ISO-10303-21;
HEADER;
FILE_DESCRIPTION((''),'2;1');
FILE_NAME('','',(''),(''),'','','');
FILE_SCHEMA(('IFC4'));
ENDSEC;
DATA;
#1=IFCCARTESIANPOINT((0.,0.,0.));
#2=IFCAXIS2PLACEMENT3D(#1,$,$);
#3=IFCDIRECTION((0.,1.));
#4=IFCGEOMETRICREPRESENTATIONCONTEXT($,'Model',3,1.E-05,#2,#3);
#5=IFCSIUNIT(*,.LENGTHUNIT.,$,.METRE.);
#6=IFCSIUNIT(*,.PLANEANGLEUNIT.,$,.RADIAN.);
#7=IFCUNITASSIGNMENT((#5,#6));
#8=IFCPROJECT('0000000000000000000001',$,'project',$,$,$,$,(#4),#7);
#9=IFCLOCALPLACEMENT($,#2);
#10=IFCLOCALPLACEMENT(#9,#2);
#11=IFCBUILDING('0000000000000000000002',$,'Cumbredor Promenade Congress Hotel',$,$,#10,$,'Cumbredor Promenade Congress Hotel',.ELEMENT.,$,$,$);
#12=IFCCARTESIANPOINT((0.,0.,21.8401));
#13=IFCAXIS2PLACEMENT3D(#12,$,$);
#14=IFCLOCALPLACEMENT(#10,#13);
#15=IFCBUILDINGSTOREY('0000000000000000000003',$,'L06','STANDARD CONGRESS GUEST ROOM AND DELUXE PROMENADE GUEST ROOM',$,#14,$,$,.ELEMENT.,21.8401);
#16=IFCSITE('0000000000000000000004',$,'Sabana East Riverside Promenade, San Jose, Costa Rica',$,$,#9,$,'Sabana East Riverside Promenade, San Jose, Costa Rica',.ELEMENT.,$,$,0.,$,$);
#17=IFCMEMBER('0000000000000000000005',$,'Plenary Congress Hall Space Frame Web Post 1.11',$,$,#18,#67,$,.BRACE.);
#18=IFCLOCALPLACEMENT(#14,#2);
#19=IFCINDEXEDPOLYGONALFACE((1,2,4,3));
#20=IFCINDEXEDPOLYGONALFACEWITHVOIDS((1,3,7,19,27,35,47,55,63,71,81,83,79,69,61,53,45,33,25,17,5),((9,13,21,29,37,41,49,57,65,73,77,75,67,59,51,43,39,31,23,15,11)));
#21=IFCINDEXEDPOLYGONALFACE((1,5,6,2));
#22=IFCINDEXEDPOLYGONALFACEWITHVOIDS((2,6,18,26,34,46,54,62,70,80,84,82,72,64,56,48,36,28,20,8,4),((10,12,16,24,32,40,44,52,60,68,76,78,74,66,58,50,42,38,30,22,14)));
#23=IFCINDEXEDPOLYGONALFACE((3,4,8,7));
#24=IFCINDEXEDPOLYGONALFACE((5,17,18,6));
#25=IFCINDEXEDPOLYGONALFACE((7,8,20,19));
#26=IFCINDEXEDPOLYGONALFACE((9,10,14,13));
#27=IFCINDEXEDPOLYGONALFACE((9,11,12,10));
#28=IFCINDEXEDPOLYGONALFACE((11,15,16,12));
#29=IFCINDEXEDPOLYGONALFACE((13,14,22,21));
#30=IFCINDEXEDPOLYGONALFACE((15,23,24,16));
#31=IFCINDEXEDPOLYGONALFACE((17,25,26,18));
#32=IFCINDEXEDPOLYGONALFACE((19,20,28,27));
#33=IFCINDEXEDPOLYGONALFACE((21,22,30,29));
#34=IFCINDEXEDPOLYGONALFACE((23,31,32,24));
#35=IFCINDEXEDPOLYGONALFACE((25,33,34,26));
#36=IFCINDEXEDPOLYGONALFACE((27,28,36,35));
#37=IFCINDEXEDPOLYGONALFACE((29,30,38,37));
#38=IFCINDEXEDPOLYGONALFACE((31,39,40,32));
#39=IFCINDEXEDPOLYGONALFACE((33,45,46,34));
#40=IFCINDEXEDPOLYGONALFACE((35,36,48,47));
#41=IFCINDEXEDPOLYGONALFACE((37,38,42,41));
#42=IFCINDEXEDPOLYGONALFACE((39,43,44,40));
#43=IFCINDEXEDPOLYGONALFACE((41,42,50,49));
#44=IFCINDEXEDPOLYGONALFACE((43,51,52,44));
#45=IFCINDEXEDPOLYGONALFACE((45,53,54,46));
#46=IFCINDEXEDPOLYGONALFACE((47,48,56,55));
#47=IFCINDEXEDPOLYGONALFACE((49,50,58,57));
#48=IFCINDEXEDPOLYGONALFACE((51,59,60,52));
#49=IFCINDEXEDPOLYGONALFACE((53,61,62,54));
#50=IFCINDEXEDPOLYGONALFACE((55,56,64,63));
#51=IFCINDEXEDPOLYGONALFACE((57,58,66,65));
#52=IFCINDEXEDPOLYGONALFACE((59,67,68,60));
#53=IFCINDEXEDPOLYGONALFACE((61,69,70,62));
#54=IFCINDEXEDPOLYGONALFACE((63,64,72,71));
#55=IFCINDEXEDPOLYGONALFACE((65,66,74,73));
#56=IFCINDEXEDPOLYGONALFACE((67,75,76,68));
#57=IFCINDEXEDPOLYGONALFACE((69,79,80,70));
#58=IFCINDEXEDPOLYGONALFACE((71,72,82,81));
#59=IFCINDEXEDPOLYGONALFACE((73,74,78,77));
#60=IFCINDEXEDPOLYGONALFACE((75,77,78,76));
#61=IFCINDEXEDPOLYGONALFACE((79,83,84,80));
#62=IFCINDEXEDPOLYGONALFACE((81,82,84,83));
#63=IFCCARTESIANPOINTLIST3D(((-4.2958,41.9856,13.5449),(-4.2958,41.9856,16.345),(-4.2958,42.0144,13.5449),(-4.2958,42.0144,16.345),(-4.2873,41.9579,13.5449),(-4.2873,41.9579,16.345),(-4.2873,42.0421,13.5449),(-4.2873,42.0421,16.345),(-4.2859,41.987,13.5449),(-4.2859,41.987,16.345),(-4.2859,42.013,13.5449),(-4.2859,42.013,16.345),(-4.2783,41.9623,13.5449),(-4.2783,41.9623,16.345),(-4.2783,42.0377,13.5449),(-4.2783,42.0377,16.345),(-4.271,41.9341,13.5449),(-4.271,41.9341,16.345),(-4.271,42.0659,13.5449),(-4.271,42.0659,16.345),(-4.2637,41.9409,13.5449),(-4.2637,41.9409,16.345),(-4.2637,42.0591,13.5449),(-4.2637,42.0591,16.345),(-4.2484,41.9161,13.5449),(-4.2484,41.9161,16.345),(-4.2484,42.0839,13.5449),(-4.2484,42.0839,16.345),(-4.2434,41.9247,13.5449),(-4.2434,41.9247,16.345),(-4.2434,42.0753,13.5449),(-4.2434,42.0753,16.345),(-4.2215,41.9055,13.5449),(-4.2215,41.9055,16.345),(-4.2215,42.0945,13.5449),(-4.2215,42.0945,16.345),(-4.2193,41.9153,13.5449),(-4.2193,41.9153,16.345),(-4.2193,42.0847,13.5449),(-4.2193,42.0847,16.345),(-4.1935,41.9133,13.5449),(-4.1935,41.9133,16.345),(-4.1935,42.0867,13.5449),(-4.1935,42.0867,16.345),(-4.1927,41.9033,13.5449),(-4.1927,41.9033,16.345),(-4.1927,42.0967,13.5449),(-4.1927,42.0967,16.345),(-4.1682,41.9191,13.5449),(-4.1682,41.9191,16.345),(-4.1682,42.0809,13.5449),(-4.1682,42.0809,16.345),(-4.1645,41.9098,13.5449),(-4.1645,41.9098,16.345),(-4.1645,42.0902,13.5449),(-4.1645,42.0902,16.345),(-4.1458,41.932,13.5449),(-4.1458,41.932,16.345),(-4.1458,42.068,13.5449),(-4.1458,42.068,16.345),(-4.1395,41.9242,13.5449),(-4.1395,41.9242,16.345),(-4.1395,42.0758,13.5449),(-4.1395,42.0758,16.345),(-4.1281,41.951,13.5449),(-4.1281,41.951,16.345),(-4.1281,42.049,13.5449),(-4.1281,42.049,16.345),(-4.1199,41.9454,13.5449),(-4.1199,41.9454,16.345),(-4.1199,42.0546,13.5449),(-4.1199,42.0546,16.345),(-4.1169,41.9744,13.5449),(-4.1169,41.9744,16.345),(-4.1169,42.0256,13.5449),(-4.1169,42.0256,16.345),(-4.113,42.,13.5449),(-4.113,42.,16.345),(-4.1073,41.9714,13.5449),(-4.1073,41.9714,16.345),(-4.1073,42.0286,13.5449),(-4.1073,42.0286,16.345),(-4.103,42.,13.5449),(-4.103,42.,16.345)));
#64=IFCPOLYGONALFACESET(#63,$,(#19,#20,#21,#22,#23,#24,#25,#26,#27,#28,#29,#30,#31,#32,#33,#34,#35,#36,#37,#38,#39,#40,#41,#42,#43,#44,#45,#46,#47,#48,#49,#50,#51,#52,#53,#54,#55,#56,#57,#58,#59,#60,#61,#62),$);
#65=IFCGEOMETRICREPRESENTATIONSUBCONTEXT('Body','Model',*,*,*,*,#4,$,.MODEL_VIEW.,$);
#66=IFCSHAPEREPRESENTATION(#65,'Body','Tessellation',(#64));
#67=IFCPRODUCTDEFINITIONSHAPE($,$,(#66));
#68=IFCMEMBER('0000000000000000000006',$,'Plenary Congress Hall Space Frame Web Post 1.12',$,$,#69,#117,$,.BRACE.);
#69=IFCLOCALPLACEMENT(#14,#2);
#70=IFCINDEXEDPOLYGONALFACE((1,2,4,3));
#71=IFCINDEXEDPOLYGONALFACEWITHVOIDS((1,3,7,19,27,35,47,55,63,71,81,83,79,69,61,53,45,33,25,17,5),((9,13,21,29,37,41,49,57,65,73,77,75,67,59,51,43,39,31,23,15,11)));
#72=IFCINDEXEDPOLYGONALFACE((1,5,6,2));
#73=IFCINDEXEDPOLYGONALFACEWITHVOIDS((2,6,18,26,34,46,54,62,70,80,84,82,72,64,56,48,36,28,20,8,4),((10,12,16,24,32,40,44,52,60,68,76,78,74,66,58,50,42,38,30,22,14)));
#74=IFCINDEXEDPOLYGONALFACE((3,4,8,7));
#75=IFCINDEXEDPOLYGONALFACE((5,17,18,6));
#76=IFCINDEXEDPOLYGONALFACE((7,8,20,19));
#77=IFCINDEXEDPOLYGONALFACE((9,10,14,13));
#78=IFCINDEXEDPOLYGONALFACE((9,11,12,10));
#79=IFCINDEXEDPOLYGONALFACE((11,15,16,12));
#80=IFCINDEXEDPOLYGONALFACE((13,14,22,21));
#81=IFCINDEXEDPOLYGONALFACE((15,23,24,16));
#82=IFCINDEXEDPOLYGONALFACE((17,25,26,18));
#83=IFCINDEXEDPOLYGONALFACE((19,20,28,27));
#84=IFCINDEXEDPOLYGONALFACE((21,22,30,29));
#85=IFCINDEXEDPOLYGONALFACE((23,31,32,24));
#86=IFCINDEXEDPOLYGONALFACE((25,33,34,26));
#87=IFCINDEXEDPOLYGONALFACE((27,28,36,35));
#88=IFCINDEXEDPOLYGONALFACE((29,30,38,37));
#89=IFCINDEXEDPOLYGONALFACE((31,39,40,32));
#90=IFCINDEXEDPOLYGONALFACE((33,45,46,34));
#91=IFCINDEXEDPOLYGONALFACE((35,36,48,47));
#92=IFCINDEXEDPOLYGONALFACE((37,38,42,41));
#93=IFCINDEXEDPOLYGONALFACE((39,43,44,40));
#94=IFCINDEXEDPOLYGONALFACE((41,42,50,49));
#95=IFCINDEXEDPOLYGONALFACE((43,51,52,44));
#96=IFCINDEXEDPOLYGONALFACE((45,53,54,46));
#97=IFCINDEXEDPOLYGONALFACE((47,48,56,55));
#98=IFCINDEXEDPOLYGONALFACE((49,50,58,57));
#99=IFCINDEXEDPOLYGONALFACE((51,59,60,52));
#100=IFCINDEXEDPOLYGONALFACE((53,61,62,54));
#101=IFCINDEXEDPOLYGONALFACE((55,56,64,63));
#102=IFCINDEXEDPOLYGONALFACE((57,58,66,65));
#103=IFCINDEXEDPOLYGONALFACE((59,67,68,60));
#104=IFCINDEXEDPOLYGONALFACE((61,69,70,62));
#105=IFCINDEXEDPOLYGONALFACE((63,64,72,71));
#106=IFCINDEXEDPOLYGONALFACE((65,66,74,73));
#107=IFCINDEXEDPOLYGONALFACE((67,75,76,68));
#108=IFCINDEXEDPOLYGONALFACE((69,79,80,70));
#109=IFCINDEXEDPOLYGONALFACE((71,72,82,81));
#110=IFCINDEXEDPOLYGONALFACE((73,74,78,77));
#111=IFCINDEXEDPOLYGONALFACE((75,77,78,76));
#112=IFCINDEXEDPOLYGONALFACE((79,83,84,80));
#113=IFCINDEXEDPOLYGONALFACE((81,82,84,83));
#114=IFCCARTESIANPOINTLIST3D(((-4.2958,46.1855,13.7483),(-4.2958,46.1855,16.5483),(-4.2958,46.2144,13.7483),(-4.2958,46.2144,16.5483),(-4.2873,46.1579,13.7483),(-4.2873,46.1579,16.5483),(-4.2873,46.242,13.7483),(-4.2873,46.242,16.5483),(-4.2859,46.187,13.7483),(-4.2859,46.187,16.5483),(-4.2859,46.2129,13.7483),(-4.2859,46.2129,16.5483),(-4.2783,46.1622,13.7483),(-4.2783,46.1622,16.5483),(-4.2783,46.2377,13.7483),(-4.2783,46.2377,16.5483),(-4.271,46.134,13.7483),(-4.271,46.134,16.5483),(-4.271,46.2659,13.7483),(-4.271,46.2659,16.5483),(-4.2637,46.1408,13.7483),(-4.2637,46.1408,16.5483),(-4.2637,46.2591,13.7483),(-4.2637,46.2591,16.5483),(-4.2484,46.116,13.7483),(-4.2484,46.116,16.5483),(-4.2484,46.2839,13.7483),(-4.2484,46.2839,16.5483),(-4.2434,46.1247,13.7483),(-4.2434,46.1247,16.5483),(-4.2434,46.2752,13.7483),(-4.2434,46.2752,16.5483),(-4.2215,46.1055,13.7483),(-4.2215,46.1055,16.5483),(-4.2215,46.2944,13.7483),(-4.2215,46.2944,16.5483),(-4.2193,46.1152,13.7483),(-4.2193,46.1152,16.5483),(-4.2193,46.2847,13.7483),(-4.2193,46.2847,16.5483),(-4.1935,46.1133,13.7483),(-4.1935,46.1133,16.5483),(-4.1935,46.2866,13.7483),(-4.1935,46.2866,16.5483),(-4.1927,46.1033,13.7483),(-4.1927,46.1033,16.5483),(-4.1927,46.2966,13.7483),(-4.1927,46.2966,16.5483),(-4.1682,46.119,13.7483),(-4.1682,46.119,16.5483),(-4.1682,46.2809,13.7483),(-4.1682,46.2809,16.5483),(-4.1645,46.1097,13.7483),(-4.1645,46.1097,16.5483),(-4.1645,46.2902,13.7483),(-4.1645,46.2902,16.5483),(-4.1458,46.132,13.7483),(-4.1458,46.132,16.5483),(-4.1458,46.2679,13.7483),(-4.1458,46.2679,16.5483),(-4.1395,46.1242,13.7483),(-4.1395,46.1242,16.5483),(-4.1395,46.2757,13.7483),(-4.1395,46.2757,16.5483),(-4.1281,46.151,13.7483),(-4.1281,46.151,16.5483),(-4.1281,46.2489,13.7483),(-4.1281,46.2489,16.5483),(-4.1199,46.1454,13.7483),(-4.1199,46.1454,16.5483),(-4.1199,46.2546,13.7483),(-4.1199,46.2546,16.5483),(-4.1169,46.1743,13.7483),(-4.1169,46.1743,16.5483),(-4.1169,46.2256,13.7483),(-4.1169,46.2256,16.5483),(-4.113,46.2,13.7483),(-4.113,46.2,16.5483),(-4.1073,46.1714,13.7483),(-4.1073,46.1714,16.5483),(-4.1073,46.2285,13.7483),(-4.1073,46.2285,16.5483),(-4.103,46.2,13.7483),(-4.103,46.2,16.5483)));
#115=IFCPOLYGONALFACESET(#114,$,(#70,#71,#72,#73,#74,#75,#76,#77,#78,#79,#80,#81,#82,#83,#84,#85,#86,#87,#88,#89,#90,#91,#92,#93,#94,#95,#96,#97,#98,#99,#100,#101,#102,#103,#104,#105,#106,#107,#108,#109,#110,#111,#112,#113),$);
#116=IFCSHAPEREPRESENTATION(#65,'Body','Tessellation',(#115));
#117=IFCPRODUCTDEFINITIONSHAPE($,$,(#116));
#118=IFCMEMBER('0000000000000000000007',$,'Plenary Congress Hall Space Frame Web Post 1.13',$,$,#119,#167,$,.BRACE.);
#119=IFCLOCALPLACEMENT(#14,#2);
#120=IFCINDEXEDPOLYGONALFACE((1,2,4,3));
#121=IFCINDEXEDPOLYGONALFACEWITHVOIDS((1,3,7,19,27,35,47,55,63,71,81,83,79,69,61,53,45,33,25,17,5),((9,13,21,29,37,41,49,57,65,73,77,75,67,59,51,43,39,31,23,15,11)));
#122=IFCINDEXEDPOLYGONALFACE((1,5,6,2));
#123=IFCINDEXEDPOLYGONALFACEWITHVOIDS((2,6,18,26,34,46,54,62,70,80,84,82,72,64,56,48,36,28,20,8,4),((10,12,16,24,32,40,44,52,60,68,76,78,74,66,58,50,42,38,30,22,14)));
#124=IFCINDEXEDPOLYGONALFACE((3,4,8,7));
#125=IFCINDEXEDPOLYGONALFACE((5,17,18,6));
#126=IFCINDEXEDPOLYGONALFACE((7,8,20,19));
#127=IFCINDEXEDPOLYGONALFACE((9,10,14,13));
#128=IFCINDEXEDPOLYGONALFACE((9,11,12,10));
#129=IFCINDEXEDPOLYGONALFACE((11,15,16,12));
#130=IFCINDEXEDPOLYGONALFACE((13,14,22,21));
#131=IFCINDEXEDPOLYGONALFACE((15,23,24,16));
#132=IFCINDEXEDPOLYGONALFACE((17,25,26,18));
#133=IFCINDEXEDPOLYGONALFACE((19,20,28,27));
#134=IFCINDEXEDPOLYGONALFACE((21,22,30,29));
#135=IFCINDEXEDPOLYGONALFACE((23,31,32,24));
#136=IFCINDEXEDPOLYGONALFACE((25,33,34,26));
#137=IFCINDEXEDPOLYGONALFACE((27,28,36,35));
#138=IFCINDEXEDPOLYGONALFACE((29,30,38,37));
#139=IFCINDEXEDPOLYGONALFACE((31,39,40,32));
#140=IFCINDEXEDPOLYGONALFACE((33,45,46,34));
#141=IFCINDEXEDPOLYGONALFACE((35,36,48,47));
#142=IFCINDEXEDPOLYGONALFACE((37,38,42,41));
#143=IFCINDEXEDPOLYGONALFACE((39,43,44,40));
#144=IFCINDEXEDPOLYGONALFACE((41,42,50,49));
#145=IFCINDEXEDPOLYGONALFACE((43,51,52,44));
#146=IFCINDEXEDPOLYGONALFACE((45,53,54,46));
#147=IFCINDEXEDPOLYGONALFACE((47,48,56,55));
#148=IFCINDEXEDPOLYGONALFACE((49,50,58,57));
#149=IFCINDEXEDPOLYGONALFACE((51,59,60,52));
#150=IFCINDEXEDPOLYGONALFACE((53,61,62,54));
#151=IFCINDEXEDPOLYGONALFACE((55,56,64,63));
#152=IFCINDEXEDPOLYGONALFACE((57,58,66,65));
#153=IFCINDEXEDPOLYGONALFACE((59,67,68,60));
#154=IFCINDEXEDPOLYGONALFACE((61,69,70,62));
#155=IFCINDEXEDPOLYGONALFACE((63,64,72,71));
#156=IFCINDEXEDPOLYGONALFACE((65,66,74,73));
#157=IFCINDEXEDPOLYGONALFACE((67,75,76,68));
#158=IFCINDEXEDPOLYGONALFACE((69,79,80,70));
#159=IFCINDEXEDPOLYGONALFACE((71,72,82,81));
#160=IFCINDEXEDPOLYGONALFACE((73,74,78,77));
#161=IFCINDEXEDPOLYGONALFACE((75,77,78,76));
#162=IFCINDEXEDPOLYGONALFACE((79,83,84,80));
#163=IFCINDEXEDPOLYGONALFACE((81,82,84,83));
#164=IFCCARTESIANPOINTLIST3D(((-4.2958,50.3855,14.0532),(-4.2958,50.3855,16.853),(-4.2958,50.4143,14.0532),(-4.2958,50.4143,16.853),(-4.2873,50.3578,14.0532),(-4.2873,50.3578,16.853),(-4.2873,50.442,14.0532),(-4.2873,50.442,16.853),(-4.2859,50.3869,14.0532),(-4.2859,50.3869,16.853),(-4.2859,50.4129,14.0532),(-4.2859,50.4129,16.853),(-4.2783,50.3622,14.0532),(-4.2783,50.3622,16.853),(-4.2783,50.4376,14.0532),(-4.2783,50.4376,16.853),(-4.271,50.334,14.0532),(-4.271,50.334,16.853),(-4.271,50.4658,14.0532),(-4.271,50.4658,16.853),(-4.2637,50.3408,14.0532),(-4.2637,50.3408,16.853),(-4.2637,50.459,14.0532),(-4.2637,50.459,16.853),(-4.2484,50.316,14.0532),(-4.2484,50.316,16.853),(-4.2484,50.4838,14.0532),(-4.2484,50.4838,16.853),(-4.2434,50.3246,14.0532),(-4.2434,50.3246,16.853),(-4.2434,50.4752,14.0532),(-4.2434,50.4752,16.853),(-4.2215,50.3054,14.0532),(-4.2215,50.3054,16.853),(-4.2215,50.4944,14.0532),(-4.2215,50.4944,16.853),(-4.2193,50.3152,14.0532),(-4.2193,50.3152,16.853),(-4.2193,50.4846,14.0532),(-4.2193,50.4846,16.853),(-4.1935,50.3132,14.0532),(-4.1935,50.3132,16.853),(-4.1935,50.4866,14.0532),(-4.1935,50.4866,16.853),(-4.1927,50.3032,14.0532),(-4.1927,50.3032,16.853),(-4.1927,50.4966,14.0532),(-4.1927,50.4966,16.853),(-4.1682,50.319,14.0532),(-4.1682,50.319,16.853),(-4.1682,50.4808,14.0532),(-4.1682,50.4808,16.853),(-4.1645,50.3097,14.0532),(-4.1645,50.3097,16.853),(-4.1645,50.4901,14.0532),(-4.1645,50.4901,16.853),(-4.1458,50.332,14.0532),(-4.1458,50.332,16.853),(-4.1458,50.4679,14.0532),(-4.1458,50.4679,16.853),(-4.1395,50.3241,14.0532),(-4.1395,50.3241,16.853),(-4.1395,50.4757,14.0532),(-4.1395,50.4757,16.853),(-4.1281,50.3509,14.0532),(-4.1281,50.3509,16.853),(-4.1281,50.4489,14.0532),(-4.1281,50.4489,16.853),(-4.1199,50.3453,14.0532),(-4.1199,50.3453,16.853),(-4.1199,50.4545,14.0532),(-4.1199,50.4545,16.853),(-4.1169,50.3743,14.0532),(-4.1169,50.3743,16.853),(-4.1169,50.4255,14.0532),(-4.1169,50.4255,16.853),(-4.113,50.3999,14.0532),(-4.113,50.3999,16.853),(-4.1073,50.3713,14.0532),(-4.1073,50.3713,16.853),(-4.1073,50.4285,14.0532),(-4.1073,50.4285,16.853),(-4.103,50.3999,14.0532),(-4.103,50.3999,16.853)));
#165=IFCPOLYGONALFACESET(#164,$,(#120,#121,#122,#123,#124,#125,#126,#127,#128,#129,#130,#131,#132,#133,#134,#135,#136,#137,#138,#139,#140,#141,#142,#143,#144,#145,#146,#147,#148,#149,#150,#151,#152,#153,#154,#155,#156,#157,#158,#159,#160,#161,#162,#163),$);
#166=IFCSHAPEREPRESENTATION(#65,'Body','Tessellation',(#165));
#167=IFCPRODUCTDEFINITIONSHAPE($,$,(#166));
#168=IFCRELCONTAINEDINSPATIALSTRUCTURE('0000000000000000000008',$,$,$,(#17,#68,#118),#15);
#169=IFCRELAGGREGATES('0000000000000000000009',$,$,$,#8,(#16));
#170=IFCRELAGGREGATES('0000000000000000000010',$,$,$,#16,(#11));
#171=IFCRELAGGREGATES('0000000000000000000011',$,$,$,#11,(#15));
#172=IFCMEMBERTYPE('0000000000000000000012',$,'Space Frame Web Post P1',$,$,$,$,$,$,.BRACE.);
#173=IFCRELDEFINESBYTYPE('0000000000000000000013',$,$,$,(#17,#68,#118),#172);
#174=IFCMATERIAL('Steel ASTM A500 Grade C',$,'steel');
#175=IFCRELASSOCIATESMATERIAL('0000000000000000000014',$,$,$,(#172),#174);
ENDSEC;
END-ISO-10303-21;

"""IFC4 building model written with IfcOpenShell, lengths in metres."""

from ifc_helpers import new_model, si_unit, direction, frame, origin, origin_2d, place, context, subcontext, project, spatial, hollow_circle, extrude, material, material_profile, profile_set, type_object, element, save


model = new_model("IFC4")

# Units and contexts
model_context = context("Model", 3, precision=1e-05, world=origin(), true_north=direction((0.0, 1.0)))
body_context = subcontext(model_context, "Body", "Model", "MODEL_VIEW")
ifc_project = project(units=[si_unit("LENGTHUNIT", "METRE"), si_unit("PLANEANGLEUNIT", "RADIAN")], contexts=[model_context])

# Site, building, storey
site_placement = place(None, origin())
site = spatial("IfcSite", under=ifc_project, at=site_placement, Name="Sabana East Riverside Promenade, San Jose, Costa Rica", LongName="Sabana East Riverside Promenade, San Jose, Costa Rica", CompositionType="ELEMENT", RefElevation=0.0)
building_placement = place(site_placement, origin())
building = spatial("IfcBuilding", under=site, at=building_placement, Name="Cumbredor Promenade Congress Hotel", LongName="Cumbredor Promenade Congress Hotel", CompositionType="ELEMENT")
storey_placement = place(building_placement, frame((0.0, 0.0, 21.8401)))
storey = spatial("IfcBuildingStorey", under=building, at=storey_placement, Name="L06", Description="STANDARD CONGRESS GUEST ROOM AND DELUXE PROMENADE GUEST ROOM", CompositionType="ELEMENT", Elevation=21.8401)

# Members
ifc_material_1 = material(Name="Steel ASTM A500 Grade C", Category="steel")
ifc_material_profile_1 = material_profile(ifc_material_1, hollow_circle(Radius=0.0969, WallThickness=0.01, at=origin_2d()), Name="CHS 193.7x10")
ifc_profile_set_1 = profile_set([ifc_material_profile_1], Name="Steel ASTM A500 Grade C")
member_type_1 = type_object("IfcMemberType", Name="Space Frame Web Post P1", PredefinedType="BRACE", material=ifc_profile_set_1)
for number, where, z_axis, x_axis, name in (
    (1, (-4.2, 42.0, 13.5449), (0.0, 0.0, 1.0), (1.0, 0.0, 0.0), "Plenary Congress Hall Space Frame Web Post 1.11"),
    (2, (-4.2, 46.2, 13.7483), (0.0, 0.0, 1.0), (1.0, 0.0, 0.0), "Plenary Congress Hall Space Frame Web Post 1.12"),
):
    element("IfcMember", number, at=place(storey_placement, frame(where, z_axis=z_axis, x_axis=x_axis)), inside=storey, type_object=member_type_1, Name=name, PredefinedType="BRACE", context=body_context, shape_type="SweptSolid", body=[
        extrude(hollow_circle(Radius=0.0969, WallThickness=0.01, at=origin_2d()), origin(), (0.0, 0.0, 1.0), 2.8),
    ])
for number, where, z_axis, x_axis, name in (
    (3, (-4.2, 50.3999, 14.0532), (0.0, 0.0, 1.0), (1.0, 0.0, 0.0), "Plenary Congress Hall Space Frame Web Post 1.13"),
):
    element("IfcMember", number, at=place(storey_placement, frame(where, z_axis=z_axis, x_axis=x_axis)), inside=storey, type_object=member_type_1, Name=name, PredefinedType="BRACE", context=body_context, shape_type="SweptSolid", body=[
        extrude(hollow_circle(Radius=0.0969, WallThickness=0.01, at=origin_2d()), origin(), (0.0, 0.0, 1.0), 2.7998),
    ])

save(model, "model.ifc")
